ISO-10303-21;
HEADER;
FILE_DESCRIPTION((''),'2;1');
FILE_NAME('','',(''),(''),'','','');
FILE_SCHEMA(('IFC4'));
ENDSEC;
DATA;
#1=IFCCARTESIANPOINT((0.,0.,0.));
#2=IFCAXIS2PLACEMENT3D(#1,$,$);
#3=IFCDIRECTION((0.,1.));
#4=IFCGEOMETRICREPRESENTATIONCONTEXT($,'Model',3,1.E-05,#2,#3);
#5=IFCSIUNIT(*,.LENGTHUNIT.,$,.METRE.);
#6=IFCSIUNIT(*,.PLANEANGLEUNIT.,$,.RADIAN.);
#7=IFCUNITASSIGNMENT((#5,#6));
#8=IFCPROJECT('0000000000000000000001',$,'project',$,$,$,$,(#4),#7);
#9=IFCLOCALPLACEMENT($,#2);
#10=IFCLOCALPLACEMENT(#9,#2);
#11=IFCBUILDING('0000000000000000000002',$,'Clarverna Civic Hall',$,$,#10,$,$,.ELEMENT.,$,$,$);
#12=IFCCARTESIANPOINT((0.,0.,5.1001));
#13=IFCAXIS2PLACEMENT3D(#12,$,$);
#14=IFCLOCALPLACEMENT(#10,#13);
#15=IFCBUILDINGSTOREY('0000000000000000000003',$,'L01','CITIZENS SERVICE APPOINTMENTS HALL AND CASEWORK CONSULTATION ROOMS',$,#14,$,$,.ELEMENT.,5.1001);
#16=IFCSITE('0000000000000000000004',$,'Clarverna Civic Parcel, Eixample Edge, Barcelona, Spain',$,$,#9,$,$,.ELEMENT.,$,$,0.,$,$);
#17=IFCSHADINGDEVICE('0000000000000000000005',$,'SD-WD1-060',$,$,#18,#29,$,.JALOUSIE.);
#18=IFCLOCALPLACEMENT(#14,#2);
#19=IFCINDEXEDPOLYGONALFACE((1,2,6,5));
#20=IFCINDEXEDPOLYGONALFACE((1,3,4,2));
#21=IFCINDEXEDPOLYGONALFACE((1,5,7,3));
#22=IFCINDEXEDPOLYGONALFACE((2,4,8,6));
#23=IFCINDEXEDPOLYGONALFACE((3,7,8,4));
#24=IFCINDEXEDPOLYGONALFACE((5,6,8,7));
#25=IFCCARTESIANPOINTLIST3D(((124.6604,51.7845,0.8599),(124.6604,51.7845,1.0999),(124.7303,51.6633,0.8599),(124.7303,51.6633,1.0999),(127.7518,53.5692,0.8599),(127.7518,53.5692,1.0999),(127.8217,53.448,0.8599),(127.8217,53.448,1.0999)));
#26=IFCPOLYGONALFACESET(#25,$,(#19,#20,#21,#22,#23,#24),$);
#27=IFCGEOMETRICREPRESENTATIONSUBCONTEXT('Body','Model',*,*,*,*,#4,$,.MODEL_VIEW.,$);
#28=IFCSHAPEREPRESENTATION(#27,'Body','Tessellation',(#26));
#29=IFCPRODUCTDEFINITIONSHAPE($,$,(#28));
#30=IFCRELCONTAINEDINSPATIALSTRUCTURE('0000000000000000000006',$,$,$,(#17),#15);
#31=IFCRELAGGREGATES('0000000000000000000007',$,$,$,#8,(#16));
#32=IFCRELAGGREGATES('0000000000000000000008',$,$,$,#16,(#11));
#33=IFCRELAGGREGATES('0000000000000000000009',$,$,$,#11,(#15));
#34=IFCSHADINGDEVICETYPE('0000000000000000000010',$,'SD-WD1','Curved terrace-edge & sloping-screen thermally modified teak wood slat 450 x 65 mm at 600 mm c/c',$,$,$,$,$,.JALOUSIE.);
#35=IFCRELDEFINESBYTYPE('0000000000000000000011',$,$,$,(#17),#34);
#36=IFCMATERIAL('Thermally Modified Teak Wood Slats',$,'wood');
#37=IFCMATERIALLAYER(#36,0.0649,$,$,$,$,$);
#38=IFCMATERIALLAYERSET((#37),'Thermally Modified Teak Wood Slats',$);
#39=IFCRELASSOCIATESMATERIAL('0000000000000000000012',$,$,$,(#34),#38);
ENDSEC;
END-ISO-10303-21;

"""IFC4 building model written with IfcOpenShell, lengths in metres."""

from ifc_helpers import new_model, si_unit, direction, frame, frame_2d, origin, place, context, subcontext, project, spatial, rectangle, extrude, material, layer, layer_set, type_object, element, save


model = new_model("IFC4")

# Units and contexts
model_context = context("Model", 3, precision=1e-05, world=origin(), true_north=direction((0.0, 1.0)))
body_context = subcontext(model_context, "Body", "Model", "MODEL_VIEW")
ifc_project = project(units=[si_unit("LENGTHUNIT", "METRE"), si_unit("PLANEANGLEUNIT", "RADIAN")], contexts=[model_context])

# Site, building, storey
site_placement = place(None, origin())
site = spatial("IfcSite", under=ifc_project, at=site_placement, Name="Clarverna Civic Parcel, Eixample Edge, Barcelona, Spain", CompositionType="ELEMENT", RefElevation=0.0)
building_placement = place(site_placement, origin())
building = spatial("IfcBuilding", under=site, at=building_placement, Name="Clarverna Civic Hall", CompositionType="ELEMENT")
storey_placement = place(building_placement, frame((0.0, 0.0, 5.1001)))
storey = spatial("IfcBuildingStorey", under=building, at=storey_placement, Name="L01", Description="CITIZENS SERVICE APPOINTMENTS HALL AND CASEWORK CONSULTATION ROOMS", CompositionType="ELEMENT", Elevation=5.1001)

# Shading device
ifc_material_1 = material(Name="Thermally Modified Teak Wood Slats", Category="wood")
ifc_layer_1 = layer(ifc_material_1, 0.0649)
ifc_layer_set_1 = layer_set([ifc_layer_1], Name="Thermally Modified Teak Wood Slats")
shading_device_type = type_object("IfcShadingDeviceType", Name="SD-WD1", Description="Curved terrace-edge & sloping-screen thermally modified teak wood slat 450 x 65 mm at 600 mm c/c", PredefinedType="JALOUSIE", material=ifc_layer_set_1)
for number, where, z_axis, x_axis, name in (
    (1, (127.7866, 53.5085, 0.8599), (0.0, 0.0, 1.0), (-0.866038, -0.499979, 0.0), "SD-WD1-060"),
):
    element("IfcShadingDevice", number, at=place(storey_placement, frame(where, z_axis=z_axis, x_axis=x_axis)), inside=storey, type_object=shading_device_type, Name=name, PredefinedType="JALOUSIE", context=body_context, shape_type="SweptSolid", body=[
        extrude(rectangle(XDim=3.5696, YDim=0.1399, at=frame_2d((1.7847, 0.0))), origin(), (0.0, 0.0, 1.0), 0.24),
    ])

save(model, "model.ifc")
